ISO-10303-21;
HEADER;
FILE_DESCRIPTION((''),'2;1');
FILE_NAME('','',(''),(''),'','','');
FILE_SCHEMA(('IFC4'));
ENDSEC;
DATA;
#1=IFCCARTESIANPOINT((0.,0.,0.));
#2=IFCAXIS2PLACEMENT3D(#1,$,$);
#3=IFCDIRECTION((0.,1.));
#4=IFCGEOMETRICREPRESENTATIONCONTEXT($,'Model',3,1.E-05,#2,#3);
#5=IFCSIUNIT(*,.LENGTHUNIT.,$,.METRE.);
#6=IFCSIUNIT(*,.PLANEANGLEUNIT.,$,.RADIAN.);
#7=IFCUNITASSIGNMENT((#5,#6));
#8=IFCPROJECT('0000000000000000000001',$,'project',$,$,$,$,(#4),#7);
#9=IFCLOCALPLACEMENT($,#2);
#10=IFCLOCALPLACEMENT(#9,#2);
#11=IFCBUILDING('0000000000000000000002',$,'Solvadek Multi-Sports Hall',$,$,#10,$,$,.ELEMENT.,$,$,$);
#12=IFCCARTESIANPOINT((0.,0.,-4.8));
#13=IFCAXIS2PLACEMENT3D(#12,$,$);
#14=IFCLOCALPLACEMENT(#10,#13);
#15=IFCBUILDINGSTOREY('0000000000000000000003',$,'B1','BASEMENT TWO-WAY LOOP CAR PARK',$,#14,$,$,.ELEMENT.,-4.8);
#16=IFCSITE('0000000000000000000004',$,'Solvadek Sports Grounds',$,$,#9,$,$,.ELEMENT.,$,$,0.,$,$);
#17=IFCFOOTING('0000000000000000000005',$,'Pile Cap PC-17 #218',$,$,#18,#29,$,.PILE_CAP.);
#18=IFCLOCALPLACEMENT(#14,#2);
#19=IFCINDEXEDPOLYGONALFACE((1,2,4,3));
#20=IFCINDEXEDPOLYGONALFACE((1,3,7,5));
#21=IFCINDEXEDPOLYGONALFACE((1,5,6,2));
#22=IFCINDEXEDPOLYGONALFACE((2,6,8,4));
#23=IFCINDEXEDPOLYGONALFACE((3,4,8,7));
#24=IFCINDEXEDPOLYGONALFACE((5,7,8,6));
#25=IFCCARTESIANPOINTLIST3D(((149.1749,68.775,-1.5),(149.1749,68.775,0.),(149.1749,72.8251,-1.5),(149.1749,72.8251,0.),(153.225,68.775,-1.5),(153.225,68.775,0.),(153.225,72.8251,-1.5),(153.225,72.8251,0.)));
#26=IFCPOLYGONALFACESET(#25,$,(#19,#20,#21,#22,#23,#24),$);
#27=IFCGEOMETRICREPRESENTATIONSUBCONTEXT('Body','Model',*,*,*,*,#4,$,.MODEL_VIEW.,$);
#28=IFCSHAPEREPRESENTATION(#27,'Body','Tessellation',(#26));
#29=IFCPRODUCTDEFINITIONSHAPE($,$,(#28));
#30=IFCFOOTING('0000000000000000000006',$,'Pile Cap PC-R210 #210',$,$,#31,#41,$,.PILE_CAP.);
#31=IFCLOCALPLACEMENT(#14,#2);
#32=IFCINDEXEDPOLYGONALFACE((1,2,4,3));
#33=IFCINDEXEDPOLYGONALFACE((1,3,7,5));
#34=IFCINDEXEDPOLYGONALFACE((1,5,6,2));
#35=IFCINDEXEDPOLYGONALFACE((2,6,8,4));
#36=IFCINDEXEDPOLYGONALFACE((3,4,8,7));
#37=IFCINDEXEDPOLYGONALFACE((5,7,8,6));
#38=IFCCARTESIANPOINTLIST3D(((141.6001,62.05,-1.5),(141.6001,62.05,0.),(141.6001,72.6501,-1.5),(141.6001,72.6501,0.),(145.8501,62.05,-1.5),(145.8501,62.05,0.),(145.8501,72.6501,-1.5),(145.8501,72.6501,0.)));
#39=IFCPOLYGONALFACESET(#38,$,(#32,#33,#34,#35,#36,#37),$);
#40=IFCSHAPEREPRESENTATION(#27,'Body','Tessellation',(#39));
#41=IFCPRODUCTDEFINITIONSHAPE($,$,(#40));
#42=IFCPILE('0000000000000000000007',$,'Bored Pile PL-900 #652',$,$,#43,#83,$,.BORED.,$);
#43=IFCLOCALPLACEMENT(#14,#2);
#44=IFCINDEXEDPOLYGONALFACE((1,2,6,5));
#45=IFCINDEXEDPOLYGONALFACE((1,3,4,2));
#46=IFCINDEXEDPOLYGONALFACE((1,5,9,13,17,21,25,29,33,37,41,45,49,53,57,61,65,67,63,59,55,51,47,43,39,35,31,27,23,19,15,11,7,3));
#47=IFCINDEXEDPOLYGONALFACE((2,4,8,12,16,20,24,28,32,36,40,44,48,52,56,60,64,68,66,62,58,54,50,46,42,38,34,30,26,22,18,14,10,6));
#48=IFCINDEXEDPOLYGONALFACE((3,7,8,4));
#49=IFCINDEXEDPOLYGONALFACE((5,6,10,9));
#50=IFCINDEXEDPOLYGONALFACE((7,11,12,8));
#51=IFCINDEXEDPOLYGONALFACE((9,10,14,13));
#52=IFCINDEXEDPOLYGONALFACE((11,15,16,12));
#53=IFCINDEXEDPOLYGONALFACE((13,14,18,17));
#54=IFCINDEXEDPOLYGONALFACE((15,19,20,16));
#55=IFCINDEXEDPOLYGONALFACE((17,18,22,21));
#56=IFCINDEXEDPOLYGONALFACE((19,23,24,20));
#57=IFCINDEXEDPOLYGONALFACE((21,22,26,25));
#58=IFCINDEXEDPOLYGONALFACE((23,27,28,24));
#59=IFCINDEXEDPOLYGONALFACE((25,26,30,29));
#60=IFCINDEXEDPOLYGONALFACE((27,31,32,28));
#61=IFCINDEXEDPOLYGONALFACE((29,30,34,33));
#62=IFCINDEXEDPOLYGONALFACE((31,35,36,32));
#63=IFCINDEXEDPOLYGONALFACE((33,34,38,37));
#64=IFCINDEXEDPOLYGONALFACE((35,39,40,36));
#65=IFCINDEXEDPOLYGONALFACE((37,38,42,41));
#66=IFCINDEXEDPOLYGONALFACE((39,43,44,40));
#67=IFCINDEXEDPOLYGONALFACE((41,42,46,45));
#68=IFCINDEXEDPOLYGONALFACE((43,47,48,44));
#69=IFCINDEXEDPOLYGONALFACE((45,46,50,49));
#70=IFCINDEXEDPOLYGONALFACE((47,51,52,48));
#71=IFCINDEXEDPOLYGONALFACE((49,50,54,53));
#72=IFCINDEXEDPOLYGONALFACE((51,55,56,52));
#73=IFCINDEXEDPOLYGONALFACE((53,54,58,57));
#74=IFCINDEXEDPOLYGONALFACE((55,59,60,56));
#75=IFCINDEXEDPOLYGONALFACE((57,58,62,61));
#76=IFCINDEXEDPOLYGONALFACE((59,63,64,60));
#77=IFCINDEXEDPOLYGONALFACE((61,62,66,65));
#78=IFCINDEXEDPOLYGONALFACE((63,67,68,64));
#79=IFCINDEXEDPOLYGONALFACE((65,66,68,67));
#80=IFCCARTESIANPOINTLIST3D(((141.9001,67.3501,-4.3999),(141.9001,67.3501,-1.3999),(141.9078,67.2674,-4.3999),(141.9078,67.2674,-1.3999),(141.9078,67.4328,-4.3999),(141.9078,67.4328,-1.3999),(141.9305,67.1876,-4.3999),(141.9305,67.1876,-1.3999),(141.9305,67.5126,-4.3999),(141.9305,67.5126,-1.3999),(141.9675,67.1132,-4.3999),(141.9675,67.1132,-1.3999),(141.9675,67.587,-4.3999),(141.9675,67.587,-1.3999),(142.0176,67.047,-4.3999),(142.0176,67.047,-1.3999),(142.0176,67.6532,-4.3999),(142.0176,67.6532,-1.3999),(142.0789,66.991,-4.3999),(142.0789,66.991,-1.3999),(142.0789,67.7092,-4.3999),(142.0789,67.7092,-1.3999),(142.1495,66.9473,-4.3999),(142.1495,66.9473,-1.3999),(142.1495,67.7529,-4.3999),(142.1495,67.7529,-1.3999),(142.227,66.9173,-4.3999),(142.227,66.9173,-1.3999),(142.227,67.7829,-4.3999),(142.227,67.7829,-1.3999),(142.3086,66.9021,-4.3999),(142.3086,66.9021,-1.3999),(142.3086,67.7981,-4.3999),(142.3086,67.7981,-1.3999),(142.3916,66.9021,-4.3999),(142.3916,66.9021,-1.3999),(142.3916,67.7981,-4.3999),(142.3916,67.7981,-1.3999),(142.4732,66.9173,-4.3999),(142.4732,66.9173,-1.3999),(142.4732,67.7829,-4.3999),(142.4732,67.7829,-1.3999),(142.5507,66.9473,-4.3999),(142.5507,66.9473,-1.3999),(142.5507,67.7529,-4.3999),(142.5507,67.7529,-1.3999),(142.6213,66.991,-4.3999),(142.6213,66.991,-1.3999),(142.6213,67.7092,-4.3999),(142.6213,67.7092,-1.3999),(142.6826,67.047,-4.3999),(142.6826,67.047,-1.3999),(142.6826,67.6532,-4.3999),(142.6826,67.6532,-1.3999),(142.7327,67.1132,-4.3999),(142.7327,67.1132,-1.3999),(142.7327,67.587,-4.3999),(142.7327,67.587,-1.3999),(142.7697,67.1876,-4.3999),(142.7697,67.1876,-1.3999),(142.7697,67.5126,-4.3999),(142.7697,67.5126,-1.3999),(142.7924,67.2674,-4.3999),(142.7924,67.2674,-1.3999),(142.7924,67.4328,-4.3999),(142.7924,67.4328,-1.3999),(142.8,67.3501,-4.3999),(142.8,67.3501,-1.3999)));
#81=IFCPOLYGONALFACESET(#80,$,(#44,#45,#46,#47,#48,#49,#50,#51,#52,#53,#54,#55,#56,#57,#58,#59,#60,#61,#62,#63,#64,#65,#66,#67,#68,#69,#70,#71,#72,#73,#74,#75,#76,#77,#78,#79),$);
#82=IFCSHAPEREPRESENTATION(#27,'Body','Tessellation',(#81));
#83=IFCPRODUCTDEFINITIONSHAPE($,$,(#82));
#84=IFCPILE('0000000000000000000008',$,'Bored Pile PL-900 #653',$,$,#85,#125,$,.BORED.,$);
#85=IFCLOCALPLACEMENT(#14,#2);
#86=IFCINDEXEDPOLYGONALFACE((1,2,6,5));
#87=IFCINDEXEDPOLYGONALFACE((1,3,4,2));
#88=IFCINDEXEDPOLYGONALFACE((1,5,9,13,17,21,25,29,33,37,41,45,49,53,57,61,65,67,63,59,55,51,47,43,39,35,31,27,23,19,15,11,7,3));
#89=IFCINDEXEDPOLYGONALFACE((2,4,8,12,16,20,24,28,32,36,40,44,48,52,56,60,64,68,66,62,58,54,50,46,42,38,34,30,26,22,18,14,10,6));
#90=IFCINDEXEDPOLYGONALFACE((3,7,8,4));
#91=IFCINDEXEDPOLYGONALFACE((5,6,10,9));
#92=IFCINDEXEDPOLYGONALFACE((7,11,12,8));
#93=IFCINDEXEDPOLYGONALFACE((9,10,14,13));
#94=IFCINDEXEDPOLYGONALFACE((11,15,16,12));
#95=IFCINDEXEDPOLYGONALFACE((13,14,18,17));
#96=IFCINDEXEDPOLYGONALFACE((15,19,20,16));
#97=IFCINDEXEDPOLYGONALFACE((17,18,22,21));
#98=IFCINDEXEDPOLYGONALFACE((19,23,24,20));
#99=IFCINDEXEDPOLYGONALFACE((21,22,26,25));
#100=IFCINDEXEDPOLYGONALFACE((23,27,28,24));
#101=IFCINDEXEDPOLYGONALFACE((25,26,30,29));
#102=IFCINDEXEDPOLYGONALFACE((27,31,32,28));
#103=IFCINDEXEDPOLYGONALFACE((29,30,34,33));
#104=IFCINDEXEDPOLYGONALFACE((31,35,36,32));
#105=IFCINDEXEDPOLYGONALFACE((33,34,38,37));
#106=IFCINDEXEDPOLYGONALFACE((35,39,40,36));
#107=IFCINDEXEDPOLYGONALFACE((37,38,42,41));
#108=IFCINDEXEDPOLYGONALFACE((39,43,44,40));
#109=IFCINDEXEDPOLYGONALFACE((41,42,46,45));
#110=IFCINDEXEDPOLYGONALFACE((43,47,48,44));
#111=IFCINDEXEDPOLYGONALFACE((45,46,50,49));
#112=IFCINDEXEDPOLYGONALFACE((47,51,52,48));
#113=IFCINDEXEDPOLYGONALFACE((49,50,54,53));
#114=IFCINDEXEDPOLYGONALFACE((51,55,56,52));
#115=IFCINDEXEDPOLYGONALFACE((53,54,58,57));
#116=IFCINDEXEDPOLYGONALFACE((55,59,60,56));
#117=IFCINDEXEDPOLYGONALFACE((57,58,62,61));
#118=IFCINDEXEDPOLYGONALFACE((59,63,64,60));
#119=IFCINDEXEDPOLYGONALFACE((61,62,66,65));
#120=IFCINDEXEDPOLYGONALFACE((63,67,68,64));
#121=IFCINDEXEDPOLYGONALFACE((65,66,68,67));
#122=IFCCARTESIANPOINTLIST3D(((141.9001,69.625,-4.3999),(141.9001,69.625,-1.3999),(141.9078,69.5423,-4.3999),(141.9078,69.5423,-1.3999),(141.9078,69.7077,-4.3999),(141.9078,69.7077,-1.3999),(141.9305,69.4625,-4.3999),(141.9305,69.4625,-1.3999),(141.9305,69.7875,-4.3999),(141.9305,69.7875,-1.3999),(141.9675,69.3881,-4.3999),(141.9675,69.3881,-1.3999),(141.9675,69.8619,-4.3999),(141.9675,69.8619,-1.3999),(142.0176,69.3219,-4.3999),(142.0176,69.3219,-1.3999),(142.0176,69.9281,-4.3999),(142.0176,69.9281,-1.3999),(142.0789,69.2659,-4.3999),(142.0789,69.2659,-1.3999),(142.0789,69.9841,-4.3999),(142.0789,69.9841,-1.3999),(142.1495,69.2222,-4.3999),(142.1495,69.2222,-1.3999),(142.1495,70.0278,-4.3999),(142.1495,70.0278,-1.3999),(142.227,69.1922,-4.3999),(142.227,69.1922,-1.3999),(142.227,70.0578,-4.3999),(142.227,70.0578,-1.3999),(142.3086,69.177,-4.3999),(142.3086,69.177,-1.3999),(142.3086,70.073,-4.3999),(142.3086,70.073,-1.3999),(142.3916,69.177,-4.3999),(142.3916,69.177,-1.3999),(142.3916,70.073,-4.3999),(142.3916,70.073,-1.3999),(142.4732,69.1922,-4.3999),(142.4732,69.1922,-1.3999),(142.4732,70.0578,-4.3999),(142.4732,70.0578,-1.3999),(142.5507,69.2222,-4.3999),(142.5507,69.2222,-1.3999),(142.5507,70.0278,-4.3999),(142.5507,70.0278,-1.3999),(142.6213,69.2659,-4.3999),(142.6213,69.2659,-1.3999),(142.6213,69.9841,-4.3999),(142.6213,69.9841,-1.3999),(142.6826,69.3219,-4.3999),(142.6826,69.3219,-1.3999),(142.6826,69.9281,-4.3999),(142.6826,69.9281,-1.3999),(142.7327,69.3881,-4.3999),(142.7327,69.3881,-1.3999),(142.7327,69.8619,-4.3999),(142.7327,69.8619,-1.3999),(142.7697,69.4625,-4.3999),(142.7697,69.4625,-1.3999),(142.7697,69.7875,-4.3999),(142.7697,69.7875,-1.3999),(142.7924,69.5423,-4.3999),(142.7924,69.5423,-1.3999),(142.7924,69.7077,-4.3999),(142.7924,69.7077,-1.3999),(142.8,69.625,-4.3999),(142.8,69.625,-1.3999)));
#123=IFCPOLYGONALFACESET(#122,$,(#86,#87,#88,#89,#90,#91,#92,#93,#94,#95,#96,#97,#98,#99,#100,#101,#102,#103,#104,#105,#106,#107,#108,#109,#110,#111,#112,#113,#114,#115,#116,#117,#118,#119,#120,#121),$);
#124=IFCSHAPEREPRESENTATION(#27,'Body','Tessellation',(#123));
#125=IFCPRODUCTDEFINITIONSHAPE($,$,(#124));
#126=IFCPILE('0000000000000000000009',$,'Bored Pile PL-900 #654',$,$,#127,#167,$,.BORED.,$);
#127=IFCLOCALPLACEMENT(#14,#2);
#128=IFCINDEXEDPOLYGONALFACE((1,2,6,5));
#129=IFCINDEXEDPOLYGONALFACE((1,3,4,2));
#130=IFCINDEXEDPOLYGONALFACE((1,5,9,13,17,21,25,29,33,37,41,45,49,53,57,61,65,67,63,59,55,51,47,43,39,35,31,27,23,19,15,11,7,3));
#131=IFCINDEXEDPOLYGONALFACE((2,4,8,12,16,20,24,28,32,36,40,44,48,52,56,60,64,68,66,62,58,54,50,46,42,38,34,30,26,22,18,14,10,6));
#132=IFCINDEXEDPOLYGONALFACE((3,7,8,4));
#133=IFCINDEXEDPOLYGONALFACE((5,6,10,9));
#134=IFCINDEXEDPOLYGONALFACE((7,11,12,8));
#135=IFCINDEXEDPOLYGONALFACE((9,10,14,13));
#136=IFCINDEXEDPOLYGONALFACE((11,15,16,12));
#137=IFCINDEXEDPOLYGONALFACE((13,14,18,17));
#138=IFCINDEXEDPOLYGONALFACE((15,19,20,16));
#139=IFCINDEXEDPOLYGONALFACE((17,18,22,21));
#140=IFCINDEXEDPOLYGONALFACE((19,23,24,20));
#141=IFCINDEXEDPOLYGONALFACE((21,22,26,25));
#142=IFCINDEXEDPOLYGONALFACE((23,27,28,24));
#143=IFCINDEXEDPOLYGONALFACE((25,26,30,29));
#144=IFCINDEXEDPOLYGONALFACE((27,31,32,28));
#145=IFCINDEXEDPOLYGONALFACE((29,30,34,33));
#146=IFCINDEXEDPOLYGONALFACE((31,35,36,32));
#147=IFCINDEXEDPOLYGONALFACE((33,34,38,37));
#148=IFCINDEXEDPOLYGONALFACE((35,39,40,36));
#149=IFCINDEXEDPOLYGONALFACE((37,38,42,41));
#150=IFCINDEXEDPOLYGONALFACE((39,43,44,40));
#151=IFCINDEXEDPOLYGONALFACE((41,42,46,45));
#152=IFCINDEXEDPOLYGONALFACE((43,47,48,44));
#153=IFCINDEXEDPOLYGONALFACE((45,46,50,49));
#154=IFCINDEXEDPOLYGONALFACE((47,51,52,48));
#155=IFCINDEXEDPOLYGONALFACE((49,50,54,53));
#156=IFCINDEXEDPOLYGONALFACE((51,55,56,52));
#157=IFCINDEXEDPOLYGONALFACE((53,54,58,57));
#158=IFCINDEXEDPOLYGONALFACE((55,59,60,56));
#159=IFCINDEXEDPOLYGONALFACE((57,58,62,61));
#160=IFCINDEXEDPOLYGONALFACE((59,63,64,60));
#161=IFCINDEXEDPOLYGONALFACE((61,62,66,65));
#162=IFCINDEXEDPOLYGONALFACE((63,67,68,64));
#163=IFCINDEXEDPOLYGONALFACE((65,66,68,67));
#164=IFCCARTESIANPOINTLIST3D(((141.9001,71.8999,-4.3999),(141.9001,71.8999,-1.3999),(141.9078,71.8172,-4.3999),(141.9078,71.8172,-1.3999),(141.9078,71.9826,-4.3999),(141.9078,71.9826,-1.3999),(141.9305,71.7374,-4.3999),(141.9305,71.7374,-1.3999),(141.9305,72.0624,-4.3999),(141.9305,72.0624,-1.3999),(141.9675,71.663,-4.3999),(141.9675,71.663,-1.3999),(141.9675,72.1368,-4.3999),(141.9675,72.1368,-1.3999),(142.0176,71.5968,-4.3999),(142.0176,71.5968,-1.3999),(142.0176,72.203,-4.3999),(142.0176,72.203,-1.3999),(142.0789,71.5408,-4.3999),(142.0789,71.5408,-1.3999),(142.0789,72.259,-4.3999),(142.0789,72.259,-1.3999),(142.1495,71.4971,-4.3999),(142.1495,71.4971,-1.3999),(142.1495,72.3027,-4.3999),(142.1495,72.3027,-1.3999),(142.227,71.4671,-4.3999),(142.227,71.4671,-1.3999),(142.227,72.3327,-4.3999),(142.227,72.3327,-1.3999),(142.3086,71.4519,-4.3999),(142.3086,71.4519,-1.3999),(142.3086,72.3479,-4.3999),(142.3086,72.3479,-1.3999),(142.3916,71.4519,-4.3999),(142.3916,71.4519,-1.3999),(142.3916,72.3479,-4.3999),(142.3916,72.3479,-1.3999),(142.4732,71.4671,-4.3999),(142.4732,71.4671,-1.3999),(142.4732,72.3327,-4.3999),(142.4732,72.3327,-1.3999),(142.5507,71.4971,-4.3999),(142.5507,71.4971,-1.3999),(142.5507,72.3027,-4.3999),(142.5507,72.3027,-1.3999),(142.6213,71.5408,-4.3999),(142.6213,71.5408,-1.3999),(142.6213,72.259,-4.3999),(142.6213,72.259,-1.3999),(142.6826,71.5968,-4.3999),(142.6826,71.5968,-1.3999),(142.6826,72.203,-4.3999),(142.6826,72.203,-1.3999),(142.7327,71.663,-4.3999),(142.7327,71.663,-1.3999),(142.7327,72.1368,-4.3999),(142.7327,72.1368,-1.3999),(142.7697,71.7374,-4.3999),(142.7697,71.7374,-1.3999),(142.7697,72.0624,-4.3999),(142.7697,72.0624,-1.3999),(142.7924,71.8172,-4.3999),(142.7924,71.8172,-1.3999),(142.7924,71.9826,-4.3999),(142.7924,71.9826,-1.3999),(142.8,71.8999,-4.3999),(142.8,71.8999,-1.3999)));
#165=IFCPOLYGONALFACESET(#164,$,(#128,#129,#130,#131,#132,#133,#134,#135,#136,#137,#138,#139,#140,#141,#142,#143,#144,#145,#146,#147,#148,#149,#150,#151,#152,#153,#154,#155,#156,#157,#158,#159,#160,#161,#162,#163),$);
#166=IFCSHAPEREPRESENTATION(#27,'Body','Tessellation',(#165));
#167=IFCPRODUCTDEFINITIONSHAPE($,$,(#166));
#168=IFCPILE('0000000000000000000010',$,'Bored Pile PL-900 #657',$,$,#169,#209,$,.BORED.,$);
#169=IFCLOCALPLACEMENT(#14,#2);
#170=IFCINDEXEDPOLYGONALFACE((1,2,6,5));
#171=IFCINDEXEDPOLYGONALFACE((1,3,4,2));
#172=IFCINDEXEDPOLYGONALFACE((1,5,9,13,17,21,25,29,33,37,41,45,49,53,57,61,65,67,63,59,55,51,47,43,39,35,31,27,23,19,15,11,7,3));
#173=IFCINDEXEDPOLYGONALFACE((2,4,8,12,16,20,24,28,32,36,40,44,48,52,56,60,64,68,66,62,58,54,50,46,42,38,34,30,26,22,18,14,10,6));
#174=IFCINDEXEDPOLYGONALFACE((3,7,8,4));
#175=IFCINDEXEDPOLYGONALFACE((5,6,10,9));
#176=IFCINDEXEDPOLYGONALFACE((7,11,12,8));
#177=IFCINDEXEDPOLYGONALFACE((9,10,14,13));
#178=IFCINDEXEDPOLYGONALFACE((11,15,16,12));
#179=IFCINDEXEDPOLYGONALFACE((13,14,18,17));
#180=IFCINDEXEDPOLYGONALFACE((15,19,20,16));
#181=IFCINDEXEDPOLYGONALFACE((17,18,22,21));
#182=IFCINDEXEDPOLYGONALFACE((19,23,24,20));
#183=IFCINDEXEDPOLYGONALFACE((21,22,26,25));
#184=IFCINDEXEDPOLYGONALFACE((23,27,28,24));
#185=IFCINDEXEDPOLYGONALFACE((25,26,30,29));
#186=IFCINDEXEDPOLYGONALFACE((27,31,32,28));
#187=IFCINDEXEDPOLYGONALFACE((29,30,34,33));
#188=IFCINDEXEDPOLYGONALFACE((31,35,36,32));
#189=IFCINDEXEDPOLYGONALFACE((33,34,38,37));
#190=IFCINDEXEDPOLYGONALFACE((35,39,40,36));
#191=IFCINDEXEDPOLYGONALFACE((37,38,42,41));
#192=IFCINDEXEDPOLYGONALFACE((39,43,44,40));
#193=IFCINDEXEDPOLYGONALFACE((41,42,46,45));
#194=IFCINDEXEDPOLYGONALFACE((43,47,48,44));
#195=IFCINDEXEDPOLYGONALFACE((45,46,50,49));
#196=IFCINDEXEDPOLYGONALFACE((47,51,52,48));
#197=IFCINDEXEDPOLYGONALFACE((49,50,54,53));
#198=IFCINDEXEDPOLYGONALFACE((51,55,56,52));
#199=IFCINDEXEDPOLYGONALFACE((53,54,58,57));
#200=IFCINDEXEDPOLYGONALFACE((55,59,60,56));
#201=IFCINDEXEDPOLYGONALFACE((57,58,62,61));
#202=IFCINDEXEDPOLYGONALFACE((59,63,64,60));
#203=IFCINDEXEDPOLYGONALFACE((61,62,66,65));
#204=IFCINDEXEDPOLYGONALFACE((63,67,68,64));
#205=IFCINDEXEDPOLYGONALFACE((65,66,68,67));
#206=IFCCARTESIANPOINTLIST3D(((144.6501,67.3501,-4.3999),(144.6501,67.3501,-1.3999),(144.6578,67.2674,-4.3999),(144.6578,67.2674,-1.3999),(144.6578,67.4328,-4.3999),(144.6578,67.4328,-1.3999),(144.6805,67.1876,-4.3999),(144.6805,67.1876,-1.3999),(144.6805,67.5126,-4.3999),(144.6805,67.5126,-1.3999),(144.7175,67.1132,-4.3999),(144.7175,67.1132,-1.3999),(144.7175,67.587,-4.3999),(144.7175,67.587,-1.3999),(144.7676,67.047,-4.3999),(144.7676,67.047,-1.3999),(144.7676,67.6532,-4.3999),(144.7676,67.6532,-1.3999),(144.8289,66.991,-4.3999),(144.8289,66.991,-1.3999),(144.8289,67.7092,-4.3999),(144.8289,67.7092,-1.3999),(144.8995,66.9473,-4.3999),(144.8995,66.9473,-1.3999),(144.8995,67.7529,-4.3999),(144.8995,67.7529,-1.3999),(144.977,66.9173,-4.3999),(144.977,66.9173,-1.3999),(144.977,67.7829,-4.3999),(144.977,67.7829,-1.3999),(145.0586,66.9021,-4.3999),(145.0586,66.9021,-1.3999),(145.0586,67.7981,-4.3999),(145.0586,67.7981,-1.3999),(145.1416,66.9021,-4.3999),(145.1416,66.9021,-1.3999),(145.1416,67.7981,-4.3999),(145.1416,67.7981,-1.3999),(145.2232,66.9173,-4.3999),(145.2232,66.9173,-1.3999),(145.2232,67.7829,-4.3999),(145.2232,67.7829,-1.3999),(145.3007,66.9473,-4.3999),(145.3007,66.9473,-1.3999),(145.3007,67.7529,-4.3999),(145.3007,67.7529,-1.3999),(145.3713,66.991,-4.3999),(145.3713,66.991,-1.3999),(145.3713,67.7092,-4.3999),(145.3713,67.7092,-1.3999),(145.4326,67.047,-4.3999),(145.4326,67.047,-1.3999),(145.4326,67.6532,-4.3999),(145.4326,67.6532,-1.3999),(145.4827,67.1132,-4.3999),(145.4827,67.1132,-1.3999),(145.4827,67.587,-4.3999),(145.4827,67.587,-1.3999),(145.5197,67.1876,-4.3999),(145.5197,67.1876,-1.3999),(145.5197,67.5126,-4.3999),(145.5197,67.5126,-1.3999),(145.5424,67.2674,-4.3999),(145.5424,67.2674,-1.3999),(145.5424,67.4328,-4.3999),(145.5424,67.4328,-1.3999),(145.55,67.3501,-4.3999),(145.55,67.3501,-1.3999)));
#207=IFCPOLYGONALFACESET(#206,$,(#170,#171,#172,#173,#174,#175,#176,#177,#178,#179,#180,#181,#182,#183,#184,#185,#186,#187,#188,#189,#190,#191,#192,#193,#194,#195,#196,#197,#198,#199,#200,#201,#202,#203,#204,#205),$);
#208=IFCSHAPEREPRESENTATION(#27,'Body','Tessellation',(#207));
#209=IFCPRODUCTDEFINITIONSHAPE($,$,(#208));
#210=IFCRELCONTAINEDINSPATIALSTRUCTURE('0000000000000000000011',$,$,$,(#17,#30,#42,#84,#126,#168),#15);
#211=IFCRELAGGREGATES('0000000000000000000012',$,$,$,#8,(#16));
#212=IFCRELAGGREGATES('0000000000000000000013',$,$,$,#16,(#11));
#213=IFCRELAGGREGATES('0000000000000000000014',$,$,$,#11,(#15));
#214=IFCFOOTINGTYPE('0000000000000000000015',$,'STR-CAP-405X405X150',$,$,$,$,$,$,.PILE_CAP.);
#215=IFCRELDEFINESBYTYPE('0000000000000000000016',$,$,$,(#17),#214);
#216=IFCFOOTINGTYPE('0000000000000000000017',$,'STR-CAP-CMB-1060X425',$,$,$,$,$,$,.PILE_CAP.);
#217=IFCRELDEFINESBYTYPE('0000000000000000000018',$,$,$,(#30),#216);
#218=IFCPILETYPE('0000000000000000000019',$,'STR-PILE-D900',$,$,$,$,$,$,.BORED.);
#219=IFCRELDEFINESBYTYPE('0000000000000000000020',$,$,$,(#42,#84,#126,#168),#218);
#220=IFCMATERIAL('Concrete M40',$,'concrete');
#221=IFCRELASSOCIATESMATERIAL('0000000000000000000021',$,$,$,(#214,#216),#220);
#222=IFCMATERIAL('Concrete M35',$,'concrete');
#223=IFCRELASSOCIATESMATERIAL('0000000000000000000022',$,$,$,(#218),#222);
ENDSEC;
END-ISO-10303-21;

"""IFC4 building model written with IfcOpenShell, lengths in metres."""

from ifc_helpers import new_model, si_unit, direction, frame, origin, origin_2d, place, context, subcontext, project, spatial, rectangle, circle, extrude, material, material_profile, profile_set, type_object, element, save


model = new_model("IFC4")

# Units and contexts
model_context = context("Model", 3, precision=1e-05, world=origin(), true_north=direction((0.0, 1.0)))
body_context = subcontext(model_context, "Body", "Model", "MODEL_VIEW")
ifc_project = project(units=[si_unit("LENGTHUNIT", "METRE"), si_unit("PLANEANGLEUNIT", "RADIAN")], contexts=[model_context])

# Site, building, storey
site_placement = place(None, origin())
site = spatial("IfcSite", under=ifc_project, at=site_placement, Name="Solvadek Sports Grounds", CompositionType="ELEMENT", RefElevation=0.0)
building_placement = place(site_placement, origin())
building = spatial("IfcBuilding", under=site, at=building_placement, Name="Solvadek Multi-Sports Hall", CompositionType="ELEMENT")
storey_placement = place(building_placement, frame((0.0, 0.0, -4.8)))
storey = spatial("IfcBuildingStorey", under=building, at=storey_placement, Name="B1", Description="BASEMENT TWO-WAY LOOP CAR PARK", CompositionType="ELEMENT", Elevation=-4.8)

# Footings
ifc_material_1 = material(Name="Concrete M40", Category="concrete")
footing_type_1 = type_object("IfcFootingType", Name="STR-CAP-405X405X150", PredefinedType="PILE_CAP", material=ifc_material_1)
footing_1_placement = place(storey_placement, frame((151.2, 70.8, -1.5), z_axis=(0.0, 0.0, 1.0), x_axis=(1.0, 0.0, 0.0)))
element("IfcFooting", 1, at=footing_1_placement, inside=storey, type_object=footing_type_1, Name="Pile Cap PC-17 #218", PredefinedType="PILE_CAP", context=body_context, shape_type="SweptSolid", body=[
    extrude(rectangle(XDim=4.05, YDim=4.05, at=origin_2d()), origin(), (0.0, 0.0, 1.0), 1.5),
])
footing_type_2 = type_object("IfcFootingType", Name="STR-CAP-CMB-1060X425", PredefinedType="PILE_CAP", material=ifc_material_1)
footing_2_placement = place(storey_placement, frame((143.7251, 67.3501, -1.5), z_axis=(0.0, 0.0, 1.0), x_axis=(0.0, 1.0, 0.0)))
element("IfcFooting", 2, at=footing_2_placement, inside=storey, type_object=footing_type_2, Name="Pile Cap PC-R210 #210", PredefinedType="PILE_CAP", context=body_context, shape_type="SweptSolid", body=[
    extrude(rectangle(XDim=10.6001, YDim=4.25, at=origin_2d()), origin(), (0.0, 0.0, 1.0), 1.5),
])

# Piles
ifc_material_2 = material(Name="Concrete M35", Category="concrete")
ifc_material_profile_1 = material_profile(ifc_material_2, circle(Radius=0.45, at=origin_2d()), Name="BORED PILE D900")
ifc_profile_set_1 = profile_set([ifc_material_profile_1], Name="Concrete M35")
pile_type = type_object("IfcPileType", Name="STR-PILE-D900", PredefinedType="BORED", material=ifc_profile_set_1)
for number, where, z_axis, x_axis, name in (
    (3, (142.3501, 67.3501, -1.3999), (0.0, 0.0, -1.0), (1.0, 0.0, 0.0), "Bored Pile PL-900 #652"),
    (4, (142.3501, 69.625, -1.3999), (0.0, 0.0, -1.0), (1.0, 0.0, 0.0), "Bored Pile PL-900 #653"),
    (5, (142.3501, 71.8999, -1.3999), (0.0, 0.0, -1.0), (1.0, 0.0, 0.0), "Bored Pile PL-900 #654"),
    (6, (145.1001, 67.3501, -1.3999), (0.0, 0.0, -1.0), (1.0, 0.0, 0.0), "Bored Pile PL-900 #657"),
):
    element("IfcPile", number, at=place(storey_placement, frame(where, z_axis=z_axis, x_axis=x_axis)), inside=storey, type_object=pile_type, Name=name, PredefinedType="BORED", context=body_context, shape_type="SweptSolid", body=[
        extrude(circle(Radius=0.45, at=origin_2d()), origin(), (0.0, 0.0, 1.0), 3.0),
    ])

save(model, "model.ifc")
